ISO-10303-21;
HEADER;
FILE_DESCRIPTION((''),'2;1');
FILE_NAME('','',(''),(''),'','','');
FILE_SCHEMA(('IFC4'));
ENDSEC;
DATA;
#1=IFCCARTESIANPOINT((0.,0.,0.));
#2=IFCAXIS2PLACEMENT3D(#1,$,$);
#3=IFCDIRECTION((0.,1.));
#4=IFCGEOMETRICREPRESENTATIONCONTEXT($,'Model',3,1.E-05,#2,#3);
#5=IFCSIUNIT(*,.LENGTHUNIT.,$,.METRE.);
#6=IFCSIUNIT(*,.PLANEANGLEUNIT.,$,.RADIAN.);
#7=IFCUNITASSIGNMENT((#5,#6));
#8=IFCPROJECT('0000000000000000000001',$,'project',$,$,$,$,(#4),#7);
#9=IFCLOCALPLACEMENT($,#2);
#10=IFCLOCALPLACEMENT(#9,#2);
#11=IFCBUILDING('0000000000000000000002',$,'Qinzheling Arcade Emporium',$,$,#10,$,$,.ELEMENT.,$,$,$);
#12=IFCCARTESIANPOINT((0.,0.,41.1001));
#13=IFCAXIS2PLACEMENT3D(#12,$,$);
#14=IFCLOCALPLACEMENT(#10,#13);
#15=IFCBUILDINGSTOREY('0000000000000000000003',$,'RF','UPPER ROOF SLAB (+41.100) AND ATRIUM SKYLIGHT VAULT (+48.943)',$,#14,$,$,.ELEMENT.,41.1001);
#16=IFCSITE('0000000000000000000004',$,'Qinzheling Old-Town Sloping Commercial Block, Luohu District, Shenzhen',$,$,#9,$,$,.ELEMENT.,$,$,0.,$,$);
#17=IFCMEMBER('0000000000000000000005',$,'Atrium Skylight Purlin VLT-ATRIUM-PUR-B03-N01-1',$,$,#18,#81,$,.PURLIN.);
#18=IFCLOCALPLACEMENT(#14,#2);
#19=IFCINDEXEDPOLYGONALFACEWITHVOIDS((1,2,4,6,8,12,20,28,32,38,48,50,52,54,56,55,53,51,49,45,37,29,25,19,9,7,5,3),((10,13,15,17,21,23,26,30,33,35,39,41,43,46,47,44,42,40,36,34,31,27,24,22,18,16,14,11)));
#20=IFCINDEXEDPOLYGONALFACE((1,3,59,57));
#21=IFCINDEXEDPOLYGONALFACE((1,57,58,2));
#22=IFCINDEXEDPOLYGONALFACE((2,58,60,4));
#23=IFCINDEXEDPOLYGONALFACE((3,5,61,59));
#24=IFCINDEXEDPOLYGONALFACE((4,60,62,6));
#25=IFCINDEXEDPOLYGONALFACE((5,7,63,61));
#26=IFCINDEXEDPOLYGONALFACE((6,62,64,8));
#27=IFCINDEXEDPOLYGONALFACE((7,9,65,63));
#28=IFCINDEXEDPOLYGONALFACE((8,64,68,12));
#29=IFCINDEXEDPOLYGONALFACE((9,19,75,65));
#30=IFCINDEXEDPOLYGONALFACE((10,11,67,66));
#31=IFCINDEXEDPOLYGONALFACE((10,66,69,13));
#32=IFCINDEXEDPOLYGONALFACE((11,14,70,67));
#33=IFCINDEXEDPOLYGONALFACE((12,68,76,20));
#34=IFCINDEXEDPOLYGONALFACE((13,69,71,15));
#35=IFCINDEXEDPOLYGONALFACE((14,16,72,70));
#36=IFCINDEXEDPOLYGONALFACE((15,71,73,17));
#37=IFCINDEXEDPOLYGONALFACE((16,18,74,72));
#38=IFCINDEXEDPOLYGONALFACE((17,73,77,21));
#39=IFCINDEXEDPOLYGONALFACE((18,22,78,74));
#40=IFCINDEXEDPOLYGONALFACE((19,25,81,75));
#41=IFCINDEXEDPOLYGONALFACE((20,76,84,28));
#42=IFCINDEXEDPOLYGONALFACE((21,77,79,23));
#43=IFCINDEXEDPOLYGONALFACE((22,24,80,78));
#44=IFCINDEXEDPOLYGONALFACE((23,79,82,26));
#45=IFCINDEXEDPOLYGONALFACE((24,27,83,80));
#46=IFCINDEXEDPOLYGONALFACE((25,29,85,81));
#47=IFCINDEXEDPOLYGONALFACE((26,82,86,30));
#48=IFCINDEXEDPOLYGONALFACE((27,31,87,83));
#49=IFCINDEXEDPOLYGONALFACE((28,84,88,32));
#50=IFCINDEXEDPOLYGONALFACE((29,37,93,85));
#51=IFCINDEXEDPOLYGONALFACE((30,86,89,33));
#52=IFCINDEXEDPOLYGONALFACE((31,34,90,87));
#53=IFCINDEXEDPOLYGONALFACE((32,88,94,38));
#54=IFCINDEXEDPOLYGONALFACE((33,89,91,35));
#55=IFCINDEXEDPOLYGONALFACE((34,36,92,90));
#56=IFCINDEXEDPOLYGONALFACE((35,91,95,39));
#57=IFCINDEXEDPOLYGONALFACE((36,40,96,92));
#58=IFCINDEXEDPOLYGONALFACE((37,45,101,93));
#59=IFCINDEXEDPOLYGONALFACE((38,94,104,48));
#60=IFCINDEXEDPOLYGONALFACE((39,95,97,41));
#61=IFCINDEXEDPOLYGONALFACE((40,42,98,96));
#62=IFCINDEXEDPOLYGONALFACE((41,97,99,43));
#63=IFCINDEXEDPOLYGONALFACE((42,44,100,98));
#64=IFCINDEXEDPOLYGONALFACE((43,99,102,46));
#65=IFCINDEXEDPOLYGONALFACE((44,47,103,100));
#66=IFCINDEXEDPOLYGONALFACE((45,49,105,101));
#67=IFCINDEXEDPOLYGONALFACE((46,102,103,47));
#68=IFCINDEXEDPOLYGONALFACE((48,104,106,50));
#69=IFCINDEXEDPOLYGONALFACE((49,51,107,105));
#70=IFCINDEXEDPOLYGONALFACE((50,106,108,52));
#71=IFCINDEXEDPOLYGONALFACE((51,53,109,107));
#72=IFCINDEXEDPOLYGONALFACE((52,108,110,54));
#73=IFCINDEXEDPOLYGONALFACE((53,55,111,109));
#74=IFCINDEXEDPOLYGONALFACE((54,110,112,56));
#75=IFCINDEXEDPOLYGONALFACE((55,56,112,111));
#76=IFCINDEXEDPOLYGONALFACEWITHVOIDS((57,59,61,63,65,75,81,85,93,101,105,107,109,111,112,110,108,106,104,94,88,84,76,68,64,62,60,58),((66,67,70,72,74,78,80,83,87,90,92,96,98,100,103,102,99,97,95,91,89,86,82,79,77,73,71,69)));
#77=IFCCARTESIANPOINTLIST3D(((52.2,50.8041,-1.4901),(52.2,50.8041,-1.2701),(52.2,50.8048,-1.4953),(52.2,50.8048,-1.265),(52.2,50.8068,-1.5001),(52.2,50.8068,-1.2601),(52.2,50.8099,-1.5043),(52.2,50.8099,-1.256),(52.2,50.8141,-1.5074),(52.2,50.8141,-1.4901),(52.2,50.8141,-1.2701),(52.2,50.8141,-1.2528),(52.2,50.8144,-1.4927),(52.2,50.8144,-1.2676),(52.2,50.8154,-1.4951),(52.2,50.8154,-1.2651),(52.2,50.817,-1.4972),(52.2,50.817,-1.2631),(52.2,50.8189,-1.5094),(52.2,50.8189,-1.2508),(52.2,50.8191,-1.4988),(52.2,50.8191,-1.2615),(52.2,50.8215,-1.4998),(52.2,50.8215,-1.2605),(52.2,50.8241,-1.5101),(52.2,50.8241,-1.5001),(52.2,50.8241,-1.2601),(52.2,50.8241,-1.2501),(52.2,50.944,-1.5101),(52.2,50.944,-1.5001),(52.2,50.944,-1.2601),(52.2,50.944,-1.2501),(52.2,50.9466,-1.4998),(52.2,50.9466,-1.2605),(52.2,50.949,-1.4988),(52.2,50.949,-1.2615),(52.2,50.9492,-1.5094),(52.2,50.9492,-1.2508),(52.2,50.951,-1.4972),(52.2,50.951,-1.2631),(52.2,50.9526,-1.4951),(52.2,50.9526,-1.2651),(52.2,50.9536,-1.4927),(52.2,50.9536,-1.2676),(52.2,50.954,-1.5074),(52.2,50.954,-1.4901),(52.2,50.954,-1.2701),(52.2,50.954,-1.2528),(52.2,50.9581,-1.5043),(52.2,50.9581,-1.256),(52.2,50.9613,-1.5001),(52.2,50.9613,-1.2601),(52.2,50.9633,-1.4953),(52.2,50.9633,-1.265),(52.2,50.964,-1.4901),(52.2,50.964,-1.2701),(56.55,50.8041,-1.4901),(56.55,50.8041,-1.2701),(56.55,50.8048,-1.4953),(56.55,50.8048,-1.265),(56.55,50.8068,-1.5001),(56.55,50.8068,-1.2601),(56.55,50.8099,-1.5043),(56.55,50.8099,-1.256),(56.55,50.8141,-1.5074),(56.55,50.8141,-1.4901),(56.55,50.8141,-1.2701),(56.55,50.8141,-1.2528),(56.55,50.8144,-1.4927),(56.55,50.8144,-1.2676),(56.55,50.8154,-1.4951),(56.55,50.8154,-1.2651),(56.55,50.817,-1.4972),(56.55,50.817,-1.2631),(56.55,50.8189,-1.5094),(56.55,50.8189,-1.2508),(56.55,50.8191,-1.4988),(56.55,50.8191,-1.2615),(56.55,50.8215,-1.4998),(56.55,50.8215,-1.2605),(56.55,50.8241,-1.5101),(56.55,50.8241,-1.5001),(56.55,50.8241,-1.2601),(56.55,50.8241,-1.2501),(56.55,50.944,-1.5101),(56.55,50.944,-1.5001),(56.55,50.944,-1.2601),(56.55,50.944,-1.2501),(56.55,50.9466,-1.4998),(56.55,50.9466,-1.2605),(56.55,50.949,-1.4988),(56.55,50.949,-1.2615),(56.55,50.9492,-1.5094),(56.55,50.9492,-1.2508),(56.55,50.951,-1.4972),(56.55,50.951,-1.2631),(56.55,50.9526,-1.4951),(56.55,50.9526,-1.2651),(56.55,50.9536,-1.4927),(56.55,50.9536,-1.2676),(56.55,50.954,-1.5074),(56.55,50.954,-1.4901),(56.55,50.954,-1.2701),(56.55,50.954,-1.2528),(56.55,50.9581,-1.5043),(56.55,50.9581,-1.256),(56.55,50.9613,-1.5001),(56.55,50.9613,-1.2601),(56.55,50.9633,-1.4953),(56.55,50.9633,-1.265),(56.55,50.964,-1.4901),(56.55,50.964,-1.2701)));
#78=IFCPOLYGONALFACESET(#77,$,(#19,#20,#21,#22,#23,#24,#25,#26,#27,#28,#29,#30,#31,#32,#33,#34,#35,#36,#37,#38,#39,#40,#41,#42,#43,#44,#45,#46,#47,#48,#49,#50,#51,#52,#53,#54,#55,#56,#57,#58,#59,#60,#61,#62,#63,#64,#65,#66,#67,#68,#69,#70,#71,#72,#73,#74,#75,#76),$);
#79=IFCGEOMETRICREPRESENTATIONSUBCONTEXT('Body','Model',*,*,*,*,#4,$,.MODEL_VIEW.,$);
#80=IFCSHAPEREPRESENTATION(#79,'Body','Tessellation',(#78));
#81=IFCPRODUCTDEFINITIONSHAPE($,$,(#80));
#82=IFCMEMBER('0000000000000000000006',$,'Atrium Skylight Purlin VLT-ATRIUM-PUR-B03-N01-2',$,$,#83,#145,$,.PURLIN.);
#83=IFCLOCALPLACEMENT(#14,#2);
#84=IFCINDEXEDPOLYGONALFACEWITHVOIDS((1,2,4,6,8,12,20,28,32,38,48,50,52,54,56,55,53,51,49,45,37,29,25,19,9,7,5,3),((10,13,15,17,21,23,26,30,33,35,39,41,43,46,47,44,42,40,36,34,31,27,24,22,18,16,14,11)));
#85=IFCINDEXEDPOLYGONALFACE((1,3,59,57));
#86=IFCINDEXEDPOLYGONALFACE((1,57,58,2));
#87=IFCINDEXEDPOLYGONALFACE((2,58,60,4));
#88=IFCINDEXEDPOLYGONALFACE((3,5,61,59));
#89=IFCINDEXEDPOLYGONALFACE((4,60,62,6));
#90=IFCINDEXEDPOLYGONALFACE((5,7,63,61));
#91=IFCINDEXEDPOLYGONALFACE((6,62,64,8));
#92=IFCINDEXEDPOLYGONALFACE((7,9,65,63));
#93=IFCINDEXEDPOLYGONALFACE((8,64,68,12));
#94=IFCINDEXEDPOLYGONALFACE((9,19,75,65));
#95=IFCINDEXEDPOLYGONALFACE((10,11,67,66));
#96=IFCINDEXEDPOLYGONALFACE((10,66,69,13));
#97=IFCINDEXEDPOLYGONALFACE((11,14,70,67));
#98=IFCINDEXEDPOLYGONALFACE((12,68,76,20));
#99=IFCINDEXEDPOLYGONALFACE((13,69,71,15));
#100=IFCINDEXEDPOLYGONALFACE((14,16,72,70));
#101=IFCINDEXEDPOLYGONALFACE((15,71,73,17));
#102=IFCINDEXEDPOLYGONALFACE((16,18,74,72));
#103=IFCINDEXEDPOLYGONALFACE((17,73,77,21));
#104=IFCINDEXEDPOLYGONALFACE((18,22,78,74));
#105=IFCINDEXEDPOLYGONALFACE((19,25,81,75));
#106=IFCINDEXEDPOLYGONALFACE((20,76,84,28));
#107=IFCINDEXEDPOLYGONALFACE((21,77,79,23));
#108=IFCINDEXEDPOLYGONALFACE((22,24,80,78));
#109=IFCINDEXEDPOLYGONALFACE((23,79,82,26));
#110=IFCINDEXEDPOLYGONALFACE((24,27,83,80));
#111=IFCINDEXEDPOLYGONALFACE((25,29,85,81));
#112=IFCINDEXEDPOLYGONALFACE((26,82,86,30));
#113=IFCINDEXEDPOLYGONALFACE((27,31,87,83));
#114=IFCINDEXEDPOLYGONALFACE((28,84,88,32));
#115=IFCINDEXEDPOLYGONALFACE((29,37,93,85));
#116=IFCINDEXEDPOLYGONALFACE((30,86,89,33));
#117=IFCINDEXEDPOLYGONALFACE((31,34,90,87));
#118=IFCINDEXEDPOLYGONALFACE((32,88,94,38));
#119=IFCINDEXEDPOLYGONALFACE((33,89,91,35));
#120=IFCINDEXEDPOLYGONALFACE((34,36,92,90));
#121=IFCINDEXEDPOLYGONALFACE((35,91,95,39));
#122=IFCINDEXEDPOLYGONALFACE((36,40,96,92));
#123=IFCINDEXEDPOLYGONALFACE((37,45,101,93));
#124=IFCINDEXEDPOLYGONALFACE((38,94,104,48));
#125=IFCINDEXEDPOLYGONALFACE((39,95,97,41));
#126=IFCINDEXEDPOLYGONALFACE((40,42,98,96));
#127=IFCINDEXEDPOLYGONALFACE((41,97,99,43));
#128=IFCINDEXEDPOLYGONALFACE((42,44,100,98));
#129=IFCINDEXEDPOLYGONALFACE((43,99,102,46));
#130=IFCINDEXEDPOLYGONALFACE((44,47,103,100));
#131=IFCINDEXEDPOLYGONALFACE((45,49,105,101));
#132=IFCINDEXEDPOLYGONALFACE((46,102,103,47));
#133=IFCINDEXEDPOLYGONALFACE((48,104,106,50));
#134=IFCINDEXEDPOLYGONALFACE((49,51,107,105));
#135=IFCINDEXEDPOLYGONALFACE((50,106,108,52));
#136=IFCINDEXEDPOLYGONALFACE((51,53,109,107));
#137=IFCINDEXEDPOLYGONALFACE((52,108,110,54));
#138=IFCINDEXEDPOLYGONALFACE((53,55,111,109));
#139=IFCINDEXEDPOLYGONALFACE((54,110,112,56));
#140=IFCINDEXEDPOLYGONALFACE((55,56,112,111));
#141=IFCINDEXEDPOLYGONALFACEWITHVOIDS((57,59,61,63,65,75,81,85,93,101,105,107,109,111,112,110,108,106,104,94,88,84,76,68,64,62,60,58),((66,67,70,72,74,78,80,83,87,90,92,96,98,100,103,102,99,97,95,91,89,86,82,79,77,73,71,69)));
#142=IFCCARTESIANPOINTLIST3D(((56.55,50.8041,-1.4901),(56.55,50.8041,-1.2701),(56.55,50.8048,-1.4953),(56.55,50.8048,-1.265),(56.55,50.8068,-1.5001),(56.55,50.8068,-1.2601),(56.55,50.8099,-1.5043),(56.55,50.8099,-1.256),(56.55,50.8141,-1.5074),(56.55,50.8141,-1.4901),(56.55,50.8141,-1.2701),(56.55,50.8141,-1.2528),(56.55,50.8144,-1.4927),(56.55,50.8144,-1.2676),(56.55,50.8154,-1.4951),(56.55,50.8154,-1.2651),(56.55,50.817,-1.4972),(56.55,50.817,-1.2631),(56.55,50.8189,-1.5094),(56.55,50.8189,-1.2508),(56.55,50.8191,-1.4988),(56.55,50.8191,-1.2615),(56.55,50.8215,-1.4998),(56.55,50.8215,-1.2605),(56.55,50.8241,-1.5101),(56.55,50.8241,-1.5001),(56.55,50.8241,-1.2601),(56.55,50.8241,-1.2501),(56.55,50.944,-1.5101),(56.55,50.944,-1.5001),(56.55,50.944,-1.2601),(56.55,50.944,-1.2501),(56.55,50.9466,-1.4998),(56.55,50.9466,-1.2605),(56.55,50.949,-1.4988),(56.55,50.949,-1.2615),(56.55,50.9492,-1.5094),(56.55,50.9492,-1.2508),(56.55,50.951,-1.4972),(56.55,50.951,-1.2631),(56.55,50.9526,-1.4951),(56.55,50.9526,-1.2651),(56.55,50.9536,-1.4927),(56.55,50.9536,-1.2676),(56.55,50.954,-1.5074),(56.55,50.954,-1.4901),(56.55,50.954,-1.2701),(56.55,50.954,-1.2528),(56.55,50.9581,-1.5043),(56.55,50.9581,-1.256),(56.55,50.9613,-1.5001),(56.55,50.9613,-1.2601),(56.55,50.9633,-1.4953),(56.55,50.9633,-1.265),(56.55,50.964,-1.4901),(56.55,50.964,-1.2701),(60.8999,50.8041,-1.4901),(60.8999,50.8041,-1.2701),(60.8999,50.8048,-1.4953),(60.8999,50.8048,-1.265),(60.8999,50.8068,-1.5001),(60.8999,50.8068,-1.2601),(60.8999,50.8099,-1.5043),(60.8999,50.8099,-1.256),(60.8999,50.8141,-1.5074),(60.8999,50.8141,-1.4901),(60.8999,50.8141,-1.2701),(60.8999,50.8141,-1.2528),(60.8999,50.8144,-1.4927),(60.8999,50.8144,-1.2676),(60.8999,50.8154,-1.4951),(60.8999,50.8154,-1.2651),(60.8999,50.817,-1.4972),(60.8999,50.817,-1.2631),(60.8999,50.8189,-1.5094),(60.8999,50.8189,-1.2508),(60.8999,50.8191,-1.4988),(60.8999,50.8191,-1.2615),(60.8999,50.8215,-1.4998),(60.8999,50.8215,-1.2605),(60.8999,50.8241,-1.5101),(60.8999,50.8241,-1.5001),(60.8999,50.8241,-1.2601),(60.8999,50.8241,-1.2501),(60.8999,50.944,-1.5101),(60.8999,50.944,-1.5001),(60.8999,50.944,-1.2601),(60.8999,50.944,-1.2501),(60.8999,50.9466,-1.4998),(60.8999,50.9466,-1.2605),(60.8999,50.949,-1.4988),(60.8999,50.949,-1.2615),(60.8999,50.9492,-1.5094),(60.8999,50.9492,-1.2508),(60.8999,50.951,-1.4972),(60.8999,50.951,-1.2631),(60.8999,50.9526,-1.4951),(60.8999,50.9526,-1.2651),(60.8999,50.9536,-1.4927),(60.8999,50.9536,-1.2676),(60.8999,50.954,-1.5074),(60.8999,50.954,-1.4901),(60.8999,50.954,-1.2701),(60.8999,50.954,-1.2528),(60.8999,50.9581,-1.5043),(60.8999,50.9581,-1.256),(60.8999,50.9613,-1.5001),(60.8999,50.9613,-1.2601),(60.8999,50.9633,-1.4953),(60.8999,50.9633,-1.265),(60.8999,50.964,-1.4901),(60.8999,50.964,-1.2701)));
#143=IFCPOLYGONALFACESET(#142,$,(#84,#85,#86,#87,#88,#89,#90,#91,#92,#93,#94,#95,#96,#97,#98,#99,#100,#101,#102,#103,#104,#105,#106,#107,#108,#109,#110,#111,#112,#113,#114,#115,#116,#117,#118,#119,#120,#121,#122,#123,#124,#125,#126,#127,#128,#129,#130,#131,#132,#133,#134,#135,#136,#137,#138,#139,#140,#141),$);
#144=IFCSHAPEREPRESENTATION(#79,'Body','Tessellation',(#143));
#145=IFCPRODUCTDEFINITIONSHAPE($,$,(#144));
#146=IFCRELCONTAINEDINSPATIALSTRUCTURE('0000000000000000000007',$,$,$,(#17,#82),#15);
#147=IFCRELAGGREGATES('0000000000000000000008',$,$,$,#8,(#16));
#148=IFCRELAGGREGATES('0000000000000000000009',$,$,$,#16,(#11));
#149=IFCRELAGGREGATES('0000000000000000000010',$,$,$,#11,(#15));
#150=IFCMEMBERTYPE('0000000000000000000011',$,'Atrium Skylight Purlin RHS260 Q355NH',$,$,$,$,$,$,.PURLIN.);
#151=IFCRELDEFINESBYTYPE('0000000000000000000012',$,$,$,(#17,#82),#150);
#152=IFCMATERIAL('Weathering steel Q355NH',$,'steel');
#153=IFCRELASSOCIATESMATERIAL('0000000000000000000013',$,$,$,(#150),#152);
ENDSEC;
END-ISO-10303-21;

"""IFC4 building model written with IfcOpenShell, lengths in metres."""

from ifc_helpers import new_model, si_unit, direction, frame, origin, origin_2d, place, context, subcontext, project, spatial, hollow_rectangle, extrude, material, material_profile, profile_set, type_object, element, save


model = new_model("IFC4")

# Units and contexts
model_context = context("Model", 3, precision=1e-05, world=origin(), true_north=direction((0.0, 1.0)))
body_context = subcontext(model_context, "Body", "Model", "MODEL_VIEW")
ifc_project = project(units=[si_unit("LENGTHUNIT", "METRE"), si_unit("PLANEANGLEUNIT", "RADIAN")], contexts=[model_context])

# Site, building, storey
site_placement = place(None, origin())
site = spatial("IfcSite", under=ifc_project, at=site_placement, Name="Qinzheling Old-Town Sloping Commercial Block, Luohu District, Shenzhen", CompositionType="ELEMENT", RefElevation=0.0)
building_placement = place(site_placement, origin())
building = spatial("IfcBuilding", under=site, at=building_placement, Name="Qinzheling Arcade Emporium", CompositionType="ELEMENT")
storey_placement = place(building_placement, frame((0.0, 0.0, 41.1001)))
storey = spatial("IfcBuildingStorey", under=building, at=storey_placement, Name="RF", Description="UPPER ROOF SLAB (+41.100) AND ATRIUM SKYLIGHT VAULT (+48.943)", CompositionType="ELEMENT", Elevation=41.1001)

# Shared definitions
ifc_material_1 = material(Name="Weathering steel Q355NH", Category="steel")

# Members
ifc_material_profile_1 = material_profile(ifc_material_1, hollow_rectangle(XDim=0.1599, YDim=0.26, WallThickness=0.01, InnerFilletRadius=0.01, OuterFilletRadius=0.02, at=origin_2d()), Name="RHS 260x160x10", Category="steel")
ifc_profile_set_1 = profile_set([ifc_material_profile_1], Name="Weathering steel Q355NH")
member_type_1 = type_object("IfcMemberType", Name="Atrium Skylight Purlin RHS260 Q355NH", PredefinedType="PURLIN", material=ifc_profile_set_1)
member_1_placement = place(storey_placement, frame((52.2, 50.884, -1.3801), z_axis=(1.0, 0.0, 0.0), x_axis=(0.0, 1.0, 0.0)))
element("IfcMember", 1, at=member_1_placement, inside=storey, type_object=member_type_1, Name="Atrium Skylight Purlin VLT-ATRIUM-PUR-B03-N01-1", PredefinedType="PURLIN", context=body_context, shape_type="SweptSolid", body=[
    extrude(hollow_rectangle(XDim=0.1599, YDim=0.26, WallThickness=0.01, InnerFilletRadius=0.01, OuterFilletRadius=0.02, at=origin_2d()), origin(), (0.0, 0.0, 1.0), 4.3501),
])
member_2_placement = place(storey_placement, frame((56.55, 50.884, -1.3801), z_axis=(1.0, 0.0, 0.0), x_axis=(0.0, 1.0, 0.0)))
element("IfcMember", 2, at=member_2_placement, inside=storey, type_object=member_type_1, Name="Atrium Skylight Purlin VLT-ATRIUM-PUR-B03-N01-2", PredefinedType="PURLIN", context=body_context, shape_type="SweptSolid", body=[
    extrude(hollow_rectangle(XDim=0.1599, YDim=0.26, WallThickness=0.01, InnerFilletRadius=0.01, OuterFilletRadius=0.02, at=origin_2d()), origin(), (0.0, 0.0, 1.0), 4.3499),
])

save(model, "model.ifc")
